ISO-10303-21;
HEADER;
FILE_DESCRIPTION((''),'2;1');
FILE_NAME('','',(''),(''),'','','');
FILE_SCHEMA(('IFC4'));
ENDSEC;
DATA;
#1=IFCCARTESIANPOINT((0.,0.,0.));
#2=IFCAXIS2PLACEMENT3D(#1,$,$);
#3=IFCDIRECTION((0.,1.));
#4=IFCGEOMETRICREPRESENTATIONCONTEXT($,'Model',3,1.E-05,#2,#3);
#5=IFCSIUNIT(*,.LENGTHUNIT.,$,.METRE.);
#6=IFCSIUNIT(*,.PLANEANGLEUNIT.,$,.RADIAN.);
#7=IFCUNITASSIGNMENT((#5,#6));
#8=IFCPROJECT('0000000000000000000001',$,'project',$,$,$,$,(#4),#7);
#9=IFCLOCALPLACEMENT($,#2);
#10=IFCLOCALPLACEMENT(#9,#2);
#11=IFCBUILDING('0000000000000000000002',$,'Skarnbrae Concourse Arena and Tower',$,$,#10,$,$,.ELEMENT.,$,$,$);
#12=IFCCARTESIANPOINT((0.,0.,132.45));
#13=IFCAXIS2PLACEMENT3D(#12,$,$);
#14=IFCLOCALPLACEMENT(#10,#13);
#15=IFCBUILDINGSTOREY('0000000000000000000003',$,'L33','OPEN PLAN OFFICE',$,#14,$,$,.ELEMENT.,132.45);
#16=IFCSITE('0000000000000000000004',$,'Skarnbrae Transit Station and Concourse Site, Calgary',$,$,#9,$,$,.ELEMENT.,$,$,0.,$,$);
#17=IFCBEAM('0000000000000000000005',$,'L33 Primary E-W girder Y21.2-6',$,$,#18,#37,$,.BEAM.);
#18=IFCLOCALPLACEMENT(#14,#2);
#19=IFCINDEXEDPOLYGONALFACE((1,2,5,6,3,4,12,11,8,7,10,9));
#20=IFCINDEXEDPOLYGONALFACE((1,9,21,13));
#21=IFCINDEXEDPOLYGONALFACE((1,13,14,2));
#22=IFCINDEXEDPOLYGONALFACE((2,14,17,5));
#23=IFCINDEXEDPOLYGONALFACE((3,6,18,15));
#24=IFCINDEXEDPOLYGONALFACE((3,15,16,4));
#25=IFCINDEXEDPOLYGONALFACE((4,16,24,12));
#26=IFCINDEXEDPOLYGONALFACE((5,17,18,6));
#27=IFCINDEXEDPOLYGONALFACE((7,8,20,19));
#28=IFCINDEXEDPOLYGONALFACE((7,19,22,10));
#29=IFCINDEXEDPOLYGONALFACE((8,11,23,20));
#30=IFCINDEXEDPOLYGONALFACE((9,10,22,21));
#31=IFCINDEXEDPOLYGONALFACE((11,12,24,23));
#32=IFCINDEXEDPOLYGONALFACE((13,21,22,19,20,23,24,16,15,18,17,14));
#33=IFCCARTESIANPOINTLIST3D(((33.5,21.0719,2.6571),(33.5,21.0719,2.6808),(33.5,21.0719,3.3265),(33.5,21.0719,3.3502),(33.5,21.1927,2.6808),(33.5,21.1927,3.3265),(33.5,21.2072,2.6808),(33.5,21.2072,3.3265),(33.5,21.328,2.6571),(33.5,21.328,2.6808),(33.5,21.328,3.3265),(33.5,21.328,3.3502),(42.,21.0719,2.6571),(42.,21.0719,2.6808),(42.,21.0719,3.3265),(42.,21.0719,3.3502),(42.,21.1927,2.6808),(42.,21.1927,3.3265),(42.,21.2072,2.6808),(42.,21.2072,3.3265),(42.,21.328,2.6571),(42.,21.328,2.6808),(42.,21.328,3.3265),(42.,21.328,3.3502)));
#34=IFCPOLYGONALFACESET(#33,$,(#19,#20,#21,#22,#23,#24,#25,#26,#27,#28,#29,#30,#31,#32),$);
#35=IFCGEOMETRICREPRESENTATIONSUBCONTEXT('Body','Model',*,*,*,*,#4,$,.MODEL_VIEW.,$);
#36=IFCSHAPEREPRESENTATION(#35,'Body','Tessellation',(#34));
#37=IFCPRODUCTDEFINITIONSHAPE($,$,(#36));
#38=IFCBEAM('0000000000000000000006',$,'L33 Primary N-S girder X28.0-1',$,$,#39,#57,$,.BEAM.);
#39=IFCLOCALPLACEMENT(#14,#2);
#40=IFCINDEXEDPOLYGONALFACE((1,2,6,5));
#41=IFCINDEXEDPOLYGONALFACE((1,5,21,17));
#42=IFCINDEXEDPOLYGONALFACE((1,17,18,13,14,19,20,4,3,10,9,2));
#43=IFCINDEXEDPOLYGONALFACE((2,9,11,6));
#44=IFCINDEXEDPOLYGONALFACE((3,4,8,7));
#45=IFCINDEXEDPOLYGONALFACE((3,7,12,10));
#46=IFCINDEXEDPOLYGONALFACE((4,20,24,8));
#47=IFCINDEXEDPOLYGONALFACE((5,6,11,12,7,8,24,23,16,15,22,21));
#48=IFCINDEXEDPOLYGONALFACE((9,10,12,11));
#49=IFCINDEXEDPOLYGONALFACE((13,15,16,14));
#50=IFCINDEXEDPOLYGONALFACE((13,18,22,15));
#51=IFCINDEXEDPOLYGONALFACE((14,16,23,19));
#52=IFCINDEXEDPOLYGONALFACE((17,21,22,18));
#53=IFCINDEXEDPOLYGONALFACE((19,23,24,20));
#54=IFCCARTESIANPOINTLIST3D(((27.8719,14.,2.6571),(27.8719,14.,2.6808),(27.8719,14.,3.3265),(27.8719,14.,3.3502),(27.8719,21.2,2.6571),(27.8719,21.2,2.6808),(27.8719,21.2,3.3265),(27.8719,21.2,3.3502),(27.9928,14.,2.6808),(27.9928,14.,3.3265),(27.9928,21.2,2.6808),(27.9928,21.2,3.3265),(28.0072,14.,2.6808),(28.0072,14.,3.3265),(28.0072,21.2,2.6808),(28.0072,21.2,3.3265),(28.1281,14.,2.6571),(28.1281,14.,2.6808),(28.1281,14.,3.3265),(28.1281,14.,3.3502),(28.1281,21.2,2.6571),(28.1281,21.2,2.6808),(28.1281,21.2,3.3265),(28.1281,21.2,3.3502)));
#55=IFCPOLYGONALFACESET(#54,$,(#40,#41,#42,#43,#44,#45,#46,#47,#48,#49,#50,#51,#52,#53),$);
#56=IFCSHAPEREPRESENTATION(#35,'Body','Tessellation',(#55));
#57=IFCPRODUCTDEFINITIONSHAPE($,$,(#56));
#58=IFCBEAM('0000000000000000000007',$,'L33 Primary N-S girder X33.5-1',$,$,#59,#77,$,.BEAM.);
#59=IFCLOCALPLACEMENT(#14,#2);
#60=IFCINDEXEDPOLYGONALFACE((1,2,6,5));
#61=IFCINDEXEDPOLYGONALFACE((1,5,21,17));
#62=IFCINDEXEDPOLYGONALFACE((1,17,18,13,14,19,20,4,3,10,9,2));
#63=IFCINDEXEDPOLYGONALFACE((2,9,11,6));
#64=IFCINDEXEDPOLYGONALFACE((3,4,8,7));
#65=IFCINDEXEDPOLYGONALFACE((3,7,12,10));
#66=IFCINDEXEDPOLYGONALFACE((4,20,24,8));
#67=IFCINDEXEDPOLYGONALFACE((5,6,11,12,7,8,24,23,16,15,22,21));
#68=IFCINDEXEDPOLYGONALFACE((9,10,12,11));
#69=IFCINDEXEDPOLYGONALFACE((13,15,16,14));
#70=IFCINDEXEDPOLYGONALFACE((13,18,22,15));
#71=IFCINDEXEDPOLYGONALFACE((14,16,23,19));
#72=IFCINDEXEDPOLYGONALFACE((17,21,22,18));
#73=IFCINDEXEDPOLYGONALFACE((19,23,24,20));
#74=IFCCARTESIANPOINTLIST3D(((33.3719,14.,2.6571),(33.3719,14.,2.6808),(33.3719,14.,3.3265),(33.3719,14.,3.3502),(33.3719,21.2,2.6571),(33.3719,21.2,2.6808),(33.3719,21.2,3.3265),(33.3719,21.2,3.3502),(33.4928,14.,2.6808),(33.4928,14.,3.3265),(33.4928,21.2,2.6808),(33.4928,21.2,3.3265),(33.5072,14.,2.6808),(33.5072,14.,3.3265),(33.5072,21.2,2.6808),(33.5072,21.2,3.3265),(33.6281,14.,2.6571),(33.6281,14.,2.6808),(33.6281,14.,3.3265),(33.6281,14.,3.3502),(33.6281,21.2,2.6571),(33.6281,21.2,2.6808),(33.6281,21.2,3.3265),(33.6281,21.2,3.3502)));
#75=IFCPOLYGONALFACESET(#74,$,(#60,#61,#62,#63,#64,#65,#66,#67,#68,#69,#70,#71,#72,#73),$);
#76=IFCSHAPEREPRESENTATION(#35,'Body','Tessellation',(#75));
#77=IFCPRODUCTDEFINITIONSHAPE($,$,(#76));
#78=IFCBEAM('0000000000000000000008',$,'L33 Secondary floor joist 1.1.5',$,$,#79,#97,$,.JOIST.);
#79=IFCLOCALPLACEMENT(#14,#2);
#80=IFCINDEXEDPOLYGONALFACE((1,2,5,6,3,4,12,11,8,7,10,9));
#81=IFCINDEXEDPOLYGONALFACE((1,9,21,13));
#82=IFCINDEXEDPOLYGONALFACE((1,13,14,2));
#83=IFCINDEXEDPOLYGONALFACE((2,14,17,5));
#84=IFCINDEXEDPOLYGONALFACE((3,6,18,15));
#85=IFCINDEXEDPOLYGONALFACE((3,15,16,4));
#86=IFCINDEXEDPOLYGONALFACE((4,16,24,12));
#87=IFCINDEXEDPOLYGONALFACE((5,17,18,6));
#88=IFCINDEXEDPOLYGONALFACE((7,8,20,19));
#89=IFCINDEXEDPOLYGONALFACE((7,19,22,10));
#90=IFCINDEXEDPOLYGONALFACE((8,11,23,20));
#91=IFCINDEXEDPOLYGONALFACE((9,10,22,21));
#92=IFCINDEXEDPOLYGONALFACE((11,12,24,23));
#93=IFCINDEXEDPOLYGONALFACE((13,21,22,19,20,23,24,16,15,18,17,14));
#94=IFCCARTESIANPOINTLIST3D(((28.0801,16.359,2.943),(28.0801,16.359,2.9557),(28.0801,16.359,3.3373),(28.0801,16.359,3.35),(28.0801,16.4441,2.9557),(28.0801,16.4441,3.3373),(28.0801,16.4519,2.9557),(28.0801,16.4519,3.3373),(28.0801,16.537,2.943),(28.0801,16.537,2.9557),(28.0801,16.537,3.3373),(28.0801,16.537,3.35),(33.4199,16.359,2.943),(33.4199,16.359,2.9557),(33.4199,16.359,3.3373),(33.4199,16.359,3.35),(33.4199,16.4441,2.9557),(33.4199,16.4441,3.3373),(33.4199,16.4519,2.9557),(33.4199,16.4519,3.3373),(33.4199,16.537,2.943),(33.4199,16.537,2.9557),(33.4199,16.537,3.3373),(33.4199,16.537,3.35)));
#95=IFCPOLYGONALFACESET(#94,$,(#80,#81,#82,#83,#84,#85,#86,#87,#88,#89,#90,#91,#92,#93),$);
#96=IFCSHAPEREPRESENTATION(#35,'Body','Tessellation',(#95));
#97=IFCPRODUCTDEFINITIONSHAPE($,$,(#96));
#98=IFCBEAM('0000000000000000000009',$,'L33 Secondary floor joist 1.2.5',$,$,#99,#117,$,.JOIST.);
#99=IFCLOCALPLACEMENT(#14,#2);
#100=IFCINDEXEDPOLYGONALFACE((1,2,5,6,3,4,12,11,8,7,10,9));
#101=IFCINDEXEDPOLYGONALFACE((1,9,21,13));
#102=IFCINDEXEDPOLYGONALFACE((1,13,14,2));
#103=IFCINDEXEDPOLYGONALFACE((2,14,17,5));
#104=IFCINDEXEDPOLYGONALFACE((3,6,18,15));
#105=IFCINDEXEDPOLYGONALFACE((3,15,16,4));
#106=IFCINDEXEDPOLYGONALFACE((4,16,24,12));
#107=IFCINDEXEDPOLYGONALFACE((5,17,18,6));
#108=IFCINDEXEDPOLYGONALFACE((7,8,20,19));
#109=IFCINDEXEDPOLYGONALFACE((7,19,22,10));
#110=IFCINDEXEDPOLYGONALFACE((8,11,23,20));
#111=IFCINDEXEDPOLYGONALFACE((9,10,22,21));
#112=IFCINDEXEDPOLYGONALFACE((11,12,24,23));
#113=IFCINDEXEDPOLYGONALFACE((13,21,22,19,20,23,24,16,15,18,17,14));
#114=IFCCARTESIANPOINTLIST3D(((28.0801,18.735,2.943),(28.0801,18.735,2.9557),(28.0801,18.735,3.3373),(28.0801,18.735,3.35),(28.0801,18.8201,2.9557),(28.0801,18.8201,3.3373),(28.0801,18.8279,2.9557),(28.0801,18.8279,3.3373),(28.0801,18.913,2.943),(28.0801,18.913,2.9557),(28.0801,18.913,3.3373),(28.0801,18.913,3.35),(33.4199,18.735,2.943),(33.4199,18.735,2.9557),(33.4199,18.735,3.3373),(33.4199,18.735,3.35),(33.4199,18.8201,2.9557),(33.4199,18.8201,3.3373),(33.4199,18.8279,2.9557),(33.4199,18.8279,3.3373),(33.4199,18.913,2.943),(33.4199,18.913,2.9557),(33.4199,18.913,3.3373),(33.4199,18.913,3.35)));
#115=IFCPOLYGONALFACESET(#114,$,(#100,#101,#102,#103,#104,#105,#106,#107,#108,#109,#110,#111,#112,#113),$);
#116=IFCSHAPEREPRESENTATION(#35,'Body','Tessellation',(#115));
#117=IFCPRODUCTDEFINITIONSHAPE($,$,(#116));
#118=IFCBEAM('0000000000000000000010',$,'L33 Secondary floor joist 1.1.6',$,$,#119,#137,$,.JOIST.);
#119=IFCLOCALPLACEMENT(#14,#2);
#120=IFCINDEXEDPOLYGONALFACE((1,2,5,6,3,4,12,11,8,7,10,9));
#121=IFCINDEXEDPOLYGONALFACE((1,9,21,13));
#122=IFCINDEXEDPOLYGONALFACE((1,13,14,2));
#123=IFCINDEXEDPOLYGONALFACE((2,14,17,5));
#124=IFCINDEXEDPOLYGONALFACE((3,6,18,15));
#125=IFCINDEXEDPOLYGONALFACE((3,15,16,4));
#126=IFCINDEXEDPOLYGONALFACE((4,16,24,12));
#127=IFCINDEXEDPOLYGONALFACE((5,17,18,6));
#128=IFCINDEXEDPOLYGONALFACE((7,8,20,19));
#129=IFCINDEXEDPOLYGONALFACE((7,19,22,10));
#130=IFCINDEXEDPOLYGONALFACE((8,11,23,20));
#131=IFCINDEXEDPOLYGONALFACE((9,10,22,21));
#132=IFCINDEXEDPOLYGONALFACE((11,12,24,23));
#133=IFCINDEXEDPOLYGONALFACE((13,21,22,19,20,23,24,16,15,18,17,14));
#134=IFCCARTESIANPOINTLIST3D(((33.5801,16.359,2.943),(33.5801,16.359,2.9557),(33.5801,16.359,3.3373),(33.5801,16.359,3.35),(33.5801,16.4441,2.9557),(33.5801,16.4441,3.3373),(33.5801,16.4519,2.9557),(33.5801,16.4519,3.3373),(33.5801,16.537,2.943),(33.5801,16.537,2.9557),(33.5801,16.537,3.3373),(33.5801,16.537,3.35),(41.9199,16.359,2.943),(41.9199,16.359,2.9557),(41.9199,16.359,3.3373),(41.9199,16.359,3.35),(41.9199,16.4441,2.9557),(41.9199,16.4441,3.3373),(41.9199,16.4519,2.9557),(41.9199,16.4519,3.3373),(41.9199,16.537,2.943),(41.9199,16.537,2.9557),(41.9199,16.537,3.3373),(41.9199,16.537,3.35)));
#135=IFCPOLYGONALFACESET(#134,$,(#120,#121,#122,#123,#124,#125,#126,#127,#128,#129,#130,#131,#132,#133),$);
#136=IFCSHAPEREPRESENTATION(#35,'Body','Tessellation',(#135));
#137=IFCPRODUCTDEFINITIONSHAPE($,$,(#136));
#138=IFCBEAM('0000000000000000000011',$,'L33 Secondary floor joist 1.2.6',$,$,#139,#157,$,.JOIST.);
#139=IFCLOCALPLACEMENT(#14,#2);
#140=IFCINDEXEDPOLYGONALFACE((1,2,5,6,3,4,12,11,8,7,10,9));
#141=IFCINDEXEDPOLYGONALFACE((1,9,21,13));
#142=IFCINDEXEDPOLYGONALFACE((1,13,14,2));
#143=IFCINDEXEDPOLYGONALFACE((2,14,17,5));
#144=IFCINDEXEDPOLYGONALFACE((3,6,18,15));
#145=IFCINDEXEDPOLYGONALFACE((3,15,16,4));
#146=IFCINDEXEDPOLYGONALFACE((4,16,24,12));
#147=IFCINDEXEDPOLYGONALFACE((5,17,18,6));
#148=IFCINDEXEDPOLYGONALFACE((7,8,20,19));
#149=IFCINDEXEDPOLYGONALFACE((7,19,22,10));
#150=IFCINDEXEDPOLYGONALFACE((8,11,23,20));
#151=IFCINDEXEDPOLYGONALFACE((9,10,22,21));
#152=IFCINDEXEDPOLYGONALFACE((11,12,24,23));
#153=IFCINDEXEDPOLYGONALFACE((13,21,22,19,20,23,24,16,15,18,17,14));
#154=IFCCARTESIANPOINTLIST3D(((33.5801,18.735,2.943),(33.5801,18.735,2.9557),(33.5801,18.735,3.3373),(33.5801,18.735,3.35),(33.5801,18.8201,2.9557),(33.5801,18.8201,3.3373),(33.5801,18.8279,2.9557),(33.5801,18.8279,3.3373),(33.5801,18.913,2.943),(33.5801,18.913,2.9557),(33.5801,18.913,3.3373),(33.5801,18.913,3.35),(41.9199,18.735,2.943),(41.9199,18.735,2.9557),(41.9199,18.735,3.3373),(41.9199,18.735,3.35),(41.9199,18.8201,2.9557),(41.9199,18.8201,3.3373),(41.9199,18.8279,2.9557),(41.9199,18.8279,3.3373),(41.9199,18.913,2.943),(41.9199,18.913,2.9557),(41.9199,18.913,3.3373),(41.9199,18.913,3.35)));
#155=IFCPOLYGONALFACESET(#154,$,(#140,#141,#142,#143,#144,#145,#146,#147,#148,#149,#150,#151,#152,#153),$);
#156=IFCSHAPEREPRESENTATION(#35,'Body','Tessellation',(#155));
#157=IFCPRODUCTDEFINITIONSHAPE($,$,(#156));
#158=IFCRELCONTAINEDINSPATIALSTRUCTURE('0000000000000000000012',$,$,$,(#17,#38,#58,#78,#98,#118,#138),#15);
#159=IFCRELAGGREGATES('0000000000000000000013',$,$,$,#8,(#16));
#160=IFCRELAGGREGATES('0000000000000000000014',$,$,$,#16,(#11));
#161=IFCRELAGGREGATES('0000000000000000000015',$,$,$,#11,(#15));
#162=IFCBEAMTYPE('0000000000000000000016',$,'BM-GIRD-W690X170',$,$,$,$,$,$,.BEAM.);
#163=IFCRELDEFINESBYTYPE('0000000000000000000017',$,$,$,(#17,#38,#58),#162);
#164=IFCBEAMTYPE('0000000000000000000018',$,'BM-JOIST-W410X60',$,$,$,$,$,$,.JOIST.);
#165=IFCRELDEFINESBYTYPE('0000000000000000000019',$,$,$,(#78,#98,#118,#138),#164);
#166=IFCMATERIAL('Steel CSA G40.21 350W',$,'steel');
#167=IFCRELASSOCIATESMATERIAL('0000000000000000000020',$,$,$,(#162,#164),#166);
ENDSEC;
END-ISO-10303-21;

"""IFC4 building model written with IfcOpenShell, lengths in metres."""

from ifc_helpers import new_model, si_unit, direction, frame, origin, origin_2d, place, context, subcontext, project, spatial, i_section, extrude, source, transform, mapped, material, material_profile, profile_set, type_object, element, save


model = new_model("IFC4")

# Units and contexts
model_context = context("Model", 3, precision=1e-05, world=origin(), true_north=direction((0.0, 1.0)))
body_context = subcontext(model_context, "Body", "Model", "MODEL_VIEW")
ifc_project = project(units=[si_unit("LENGTHUNIT", "METRE"), si_unit("PLANEANGLEUNIT", "RADIAN")], contexts=[model_context])

# Site, building, storey
site_placement = place(None, origin())
site = spatial("IfcSite", under=ifc_project, at=site_placement, Name="Skarnbrae Transit Station and Concourse Site, Calgary", CompositionType="ELEMENT", RefElevation=0.0)
building_placement = place(site_placement, origin())
building = spatial("IfcBuilding", under=site, at=building_placement, Name="Skarnbrae Concourse Arena and Tower", CompositionType="ELEMENT")
storey_placement = place(building_placement, frame((0.0, 0.0, 132.45)))
storey = spatial("IfcBuildingStorey", under=building, at=storey_placement, Name="L33", Description="OPEN PLAN OFFICE", CompositionType="ELEMENT", Elevation=132.45)

# Shared definitions
ifc_material_1 = material(Name="Steel CSA G40.21 350W", Category="steel")

# Beams
ifc_material_profile_1 = material_profile(ifc_material_1, i_section(OverallWidth=0.2561, OverallDepth=0.6931, WebThickness=0.0144, FlangeThickness=0.0237, at=origin_2d()), Name="W690X170")
ifc_profile_set_1 = profile_set([ifc_material_profile_1], Name="Steel CSA G40.21 350W")
beam_type_1 = type_object("IfcBeamType", Name="BM-GIRD-W690X170", PredefinedType="BEAM", material=ifc_profile_set_1)
shared_shape_1 = source(origin(), body_context, "Body", "SweptSolid", [
    extrude(i_section(OverallWidth=0.2561, OverallDepth=0.6931, WebThickness=0.0144, FlangeThickness=0.0237, at=origin_2d()), origin(), (0.0, 0.0, 1.0), 8.5),
])
for number, where, z_axis, x_axis, name in (
    (1, (33.5, 21.2, 3.0037), (1.0, 0.0, 0.0), (0.0, 1.0, 0.0), "L33 Primary E-W girder Y21.2-6"),
):
    element("IfcBeam", number, at=place(storey_placement, frame(where, z_axis=z_axis, x_axis=x_axis)), inside=storey, type_object=beam_type_1, Name=name, PredefinedType="BEAM", context=body_context, shape_type="MappedRepresentation", body=[
        mapped(shared_shape_1, transform((0.0, 0.0, 0.0))),
    ])
shared_shape_2 = source(origin(), body_context, "Body", "SweptSolid", [
    extrude(i_section(OverallWidth=0.2561, OverallDepth=0.6931, WebThickness=0.0144, FlangeThickness=0.0237, at=origin_2d()), origin(), (0.0, 0.0, 1.0), 7.2),
])
for number, where, z_axis, x_axis, name in (
    (2, (28.0, 14.0, 3.0037), (0.0, 1.0, 0.0), (-1.0, 0.0, 0.0), "L33 Primary N-S girder X28.0-1"),
    (3, (33.5, 14.0, 3.0037), (0.0, 1.0, 0.0), (-1.0, 0.0, 0.0), "L33 Primary N-S girder X33.5-1"),
):
    element("IfcBeam", number, at=place(storey_placement, frame(where, z_axis=z_axis, x_axis=x_axis)), inside=storey, type_object=beam_type_1, Name=name, PredefinedType="BEAM", context=body_context, shape_type="MappedRepresentation", body=[
        mapped(shared_shape_2, transform((0.0, 0.0, 0.0))),
    ])
ifc_material_profile_2 = material_profile(ifc_material_1, i_section(OverallWidth=0.178, OverallDepth=0.407, WebThickness=0.0078, FlangeThickness=0.0127, at=origin_2d()), Name="W410X60")
ifc_profile_set_2 = profile_set([ifc_material_profile_2], Name="Steel CSA G40.21 350W")
beam_type_2 = type_object("IfcBeamType", Name="BM-JOIST-W410X60", PredefinedType="JOIST", material=ifc_profile_set_2)
shared_shape_3 = source(origin(), body_context, "Body", "SweptSolid", [
    extrude(i_section(OverallWidth=0.178, OverallDepth=0.407, WebThickness=0.0078, FlangeThickness=0.0127, at=origin_2d()), origin(), (0.0, 0.0, 1.0), 5.3398),
])
for number, where, z_axis, x_axis, name in (
    (4, (28.0801, 16.448, 3.1465), (1.0, 0.0, 0.0), (0.0, 1.0, 0.0), "L33 Secondary floor joist 1.1.5"),
    (5, (28.0801, 18.824, 3.1465), (1.0, 0.0, 0.0), (0.0, 1.0, 0.0), "L33 Secondary floor joist 1.2.5"),
):
    element("IfcBeam", number, at=place(storey_placement, frame(where, z_axis=z_axis, x_axis=x_axis)), inside=storey, type_object=beam_type_2, Name=name, PredefinedType="JOIST", context=body_context, shape_type="MappedRepresentation", body=[
        mapped(shared_shape_3, transform((0.0, 0.0, 0.0))),
    ])
shared_shape_4 = source(origin(), body_context, "Body", "SweptSolid", [
    extrude(i_section(OverallWidth=0.178, OverallDepth=0.407, WebThickness=0.0078, FlangeThickness=0.0127, at=origin_2d()), origin(), (0.0, 0.0, 1.0), 8.3398),
])
for number, where, z_axis, x_axis, name in (
    (6, (33.5801, 16.448, 3.1465), (1.0, 0.0, 0.0), (0.0, 1.0, 0.0), "L33 Secondary floor joist 1.1.6"),
    (7, (33.5801, 18.824, 3.1465), (1.0, 0.0, 0.0), (0.0, 1.0, 0.0), "L33 Secondary floor joist 1.2.6"),
):
    element("IfcBeam", number, at=place(storey_placement, frame(where, z_axis=z_axis, x_axis=x_axis)), inside=storey, type_object=beam_type_2, Name=name, PredefinedType="JOIST", context=body_context, shape_type="MappedRepresentation", body=[
        mapped(shared_shape_4, transform((0.0, 0.0, 0.0))),
    ])

save(model, "model.ifc")
